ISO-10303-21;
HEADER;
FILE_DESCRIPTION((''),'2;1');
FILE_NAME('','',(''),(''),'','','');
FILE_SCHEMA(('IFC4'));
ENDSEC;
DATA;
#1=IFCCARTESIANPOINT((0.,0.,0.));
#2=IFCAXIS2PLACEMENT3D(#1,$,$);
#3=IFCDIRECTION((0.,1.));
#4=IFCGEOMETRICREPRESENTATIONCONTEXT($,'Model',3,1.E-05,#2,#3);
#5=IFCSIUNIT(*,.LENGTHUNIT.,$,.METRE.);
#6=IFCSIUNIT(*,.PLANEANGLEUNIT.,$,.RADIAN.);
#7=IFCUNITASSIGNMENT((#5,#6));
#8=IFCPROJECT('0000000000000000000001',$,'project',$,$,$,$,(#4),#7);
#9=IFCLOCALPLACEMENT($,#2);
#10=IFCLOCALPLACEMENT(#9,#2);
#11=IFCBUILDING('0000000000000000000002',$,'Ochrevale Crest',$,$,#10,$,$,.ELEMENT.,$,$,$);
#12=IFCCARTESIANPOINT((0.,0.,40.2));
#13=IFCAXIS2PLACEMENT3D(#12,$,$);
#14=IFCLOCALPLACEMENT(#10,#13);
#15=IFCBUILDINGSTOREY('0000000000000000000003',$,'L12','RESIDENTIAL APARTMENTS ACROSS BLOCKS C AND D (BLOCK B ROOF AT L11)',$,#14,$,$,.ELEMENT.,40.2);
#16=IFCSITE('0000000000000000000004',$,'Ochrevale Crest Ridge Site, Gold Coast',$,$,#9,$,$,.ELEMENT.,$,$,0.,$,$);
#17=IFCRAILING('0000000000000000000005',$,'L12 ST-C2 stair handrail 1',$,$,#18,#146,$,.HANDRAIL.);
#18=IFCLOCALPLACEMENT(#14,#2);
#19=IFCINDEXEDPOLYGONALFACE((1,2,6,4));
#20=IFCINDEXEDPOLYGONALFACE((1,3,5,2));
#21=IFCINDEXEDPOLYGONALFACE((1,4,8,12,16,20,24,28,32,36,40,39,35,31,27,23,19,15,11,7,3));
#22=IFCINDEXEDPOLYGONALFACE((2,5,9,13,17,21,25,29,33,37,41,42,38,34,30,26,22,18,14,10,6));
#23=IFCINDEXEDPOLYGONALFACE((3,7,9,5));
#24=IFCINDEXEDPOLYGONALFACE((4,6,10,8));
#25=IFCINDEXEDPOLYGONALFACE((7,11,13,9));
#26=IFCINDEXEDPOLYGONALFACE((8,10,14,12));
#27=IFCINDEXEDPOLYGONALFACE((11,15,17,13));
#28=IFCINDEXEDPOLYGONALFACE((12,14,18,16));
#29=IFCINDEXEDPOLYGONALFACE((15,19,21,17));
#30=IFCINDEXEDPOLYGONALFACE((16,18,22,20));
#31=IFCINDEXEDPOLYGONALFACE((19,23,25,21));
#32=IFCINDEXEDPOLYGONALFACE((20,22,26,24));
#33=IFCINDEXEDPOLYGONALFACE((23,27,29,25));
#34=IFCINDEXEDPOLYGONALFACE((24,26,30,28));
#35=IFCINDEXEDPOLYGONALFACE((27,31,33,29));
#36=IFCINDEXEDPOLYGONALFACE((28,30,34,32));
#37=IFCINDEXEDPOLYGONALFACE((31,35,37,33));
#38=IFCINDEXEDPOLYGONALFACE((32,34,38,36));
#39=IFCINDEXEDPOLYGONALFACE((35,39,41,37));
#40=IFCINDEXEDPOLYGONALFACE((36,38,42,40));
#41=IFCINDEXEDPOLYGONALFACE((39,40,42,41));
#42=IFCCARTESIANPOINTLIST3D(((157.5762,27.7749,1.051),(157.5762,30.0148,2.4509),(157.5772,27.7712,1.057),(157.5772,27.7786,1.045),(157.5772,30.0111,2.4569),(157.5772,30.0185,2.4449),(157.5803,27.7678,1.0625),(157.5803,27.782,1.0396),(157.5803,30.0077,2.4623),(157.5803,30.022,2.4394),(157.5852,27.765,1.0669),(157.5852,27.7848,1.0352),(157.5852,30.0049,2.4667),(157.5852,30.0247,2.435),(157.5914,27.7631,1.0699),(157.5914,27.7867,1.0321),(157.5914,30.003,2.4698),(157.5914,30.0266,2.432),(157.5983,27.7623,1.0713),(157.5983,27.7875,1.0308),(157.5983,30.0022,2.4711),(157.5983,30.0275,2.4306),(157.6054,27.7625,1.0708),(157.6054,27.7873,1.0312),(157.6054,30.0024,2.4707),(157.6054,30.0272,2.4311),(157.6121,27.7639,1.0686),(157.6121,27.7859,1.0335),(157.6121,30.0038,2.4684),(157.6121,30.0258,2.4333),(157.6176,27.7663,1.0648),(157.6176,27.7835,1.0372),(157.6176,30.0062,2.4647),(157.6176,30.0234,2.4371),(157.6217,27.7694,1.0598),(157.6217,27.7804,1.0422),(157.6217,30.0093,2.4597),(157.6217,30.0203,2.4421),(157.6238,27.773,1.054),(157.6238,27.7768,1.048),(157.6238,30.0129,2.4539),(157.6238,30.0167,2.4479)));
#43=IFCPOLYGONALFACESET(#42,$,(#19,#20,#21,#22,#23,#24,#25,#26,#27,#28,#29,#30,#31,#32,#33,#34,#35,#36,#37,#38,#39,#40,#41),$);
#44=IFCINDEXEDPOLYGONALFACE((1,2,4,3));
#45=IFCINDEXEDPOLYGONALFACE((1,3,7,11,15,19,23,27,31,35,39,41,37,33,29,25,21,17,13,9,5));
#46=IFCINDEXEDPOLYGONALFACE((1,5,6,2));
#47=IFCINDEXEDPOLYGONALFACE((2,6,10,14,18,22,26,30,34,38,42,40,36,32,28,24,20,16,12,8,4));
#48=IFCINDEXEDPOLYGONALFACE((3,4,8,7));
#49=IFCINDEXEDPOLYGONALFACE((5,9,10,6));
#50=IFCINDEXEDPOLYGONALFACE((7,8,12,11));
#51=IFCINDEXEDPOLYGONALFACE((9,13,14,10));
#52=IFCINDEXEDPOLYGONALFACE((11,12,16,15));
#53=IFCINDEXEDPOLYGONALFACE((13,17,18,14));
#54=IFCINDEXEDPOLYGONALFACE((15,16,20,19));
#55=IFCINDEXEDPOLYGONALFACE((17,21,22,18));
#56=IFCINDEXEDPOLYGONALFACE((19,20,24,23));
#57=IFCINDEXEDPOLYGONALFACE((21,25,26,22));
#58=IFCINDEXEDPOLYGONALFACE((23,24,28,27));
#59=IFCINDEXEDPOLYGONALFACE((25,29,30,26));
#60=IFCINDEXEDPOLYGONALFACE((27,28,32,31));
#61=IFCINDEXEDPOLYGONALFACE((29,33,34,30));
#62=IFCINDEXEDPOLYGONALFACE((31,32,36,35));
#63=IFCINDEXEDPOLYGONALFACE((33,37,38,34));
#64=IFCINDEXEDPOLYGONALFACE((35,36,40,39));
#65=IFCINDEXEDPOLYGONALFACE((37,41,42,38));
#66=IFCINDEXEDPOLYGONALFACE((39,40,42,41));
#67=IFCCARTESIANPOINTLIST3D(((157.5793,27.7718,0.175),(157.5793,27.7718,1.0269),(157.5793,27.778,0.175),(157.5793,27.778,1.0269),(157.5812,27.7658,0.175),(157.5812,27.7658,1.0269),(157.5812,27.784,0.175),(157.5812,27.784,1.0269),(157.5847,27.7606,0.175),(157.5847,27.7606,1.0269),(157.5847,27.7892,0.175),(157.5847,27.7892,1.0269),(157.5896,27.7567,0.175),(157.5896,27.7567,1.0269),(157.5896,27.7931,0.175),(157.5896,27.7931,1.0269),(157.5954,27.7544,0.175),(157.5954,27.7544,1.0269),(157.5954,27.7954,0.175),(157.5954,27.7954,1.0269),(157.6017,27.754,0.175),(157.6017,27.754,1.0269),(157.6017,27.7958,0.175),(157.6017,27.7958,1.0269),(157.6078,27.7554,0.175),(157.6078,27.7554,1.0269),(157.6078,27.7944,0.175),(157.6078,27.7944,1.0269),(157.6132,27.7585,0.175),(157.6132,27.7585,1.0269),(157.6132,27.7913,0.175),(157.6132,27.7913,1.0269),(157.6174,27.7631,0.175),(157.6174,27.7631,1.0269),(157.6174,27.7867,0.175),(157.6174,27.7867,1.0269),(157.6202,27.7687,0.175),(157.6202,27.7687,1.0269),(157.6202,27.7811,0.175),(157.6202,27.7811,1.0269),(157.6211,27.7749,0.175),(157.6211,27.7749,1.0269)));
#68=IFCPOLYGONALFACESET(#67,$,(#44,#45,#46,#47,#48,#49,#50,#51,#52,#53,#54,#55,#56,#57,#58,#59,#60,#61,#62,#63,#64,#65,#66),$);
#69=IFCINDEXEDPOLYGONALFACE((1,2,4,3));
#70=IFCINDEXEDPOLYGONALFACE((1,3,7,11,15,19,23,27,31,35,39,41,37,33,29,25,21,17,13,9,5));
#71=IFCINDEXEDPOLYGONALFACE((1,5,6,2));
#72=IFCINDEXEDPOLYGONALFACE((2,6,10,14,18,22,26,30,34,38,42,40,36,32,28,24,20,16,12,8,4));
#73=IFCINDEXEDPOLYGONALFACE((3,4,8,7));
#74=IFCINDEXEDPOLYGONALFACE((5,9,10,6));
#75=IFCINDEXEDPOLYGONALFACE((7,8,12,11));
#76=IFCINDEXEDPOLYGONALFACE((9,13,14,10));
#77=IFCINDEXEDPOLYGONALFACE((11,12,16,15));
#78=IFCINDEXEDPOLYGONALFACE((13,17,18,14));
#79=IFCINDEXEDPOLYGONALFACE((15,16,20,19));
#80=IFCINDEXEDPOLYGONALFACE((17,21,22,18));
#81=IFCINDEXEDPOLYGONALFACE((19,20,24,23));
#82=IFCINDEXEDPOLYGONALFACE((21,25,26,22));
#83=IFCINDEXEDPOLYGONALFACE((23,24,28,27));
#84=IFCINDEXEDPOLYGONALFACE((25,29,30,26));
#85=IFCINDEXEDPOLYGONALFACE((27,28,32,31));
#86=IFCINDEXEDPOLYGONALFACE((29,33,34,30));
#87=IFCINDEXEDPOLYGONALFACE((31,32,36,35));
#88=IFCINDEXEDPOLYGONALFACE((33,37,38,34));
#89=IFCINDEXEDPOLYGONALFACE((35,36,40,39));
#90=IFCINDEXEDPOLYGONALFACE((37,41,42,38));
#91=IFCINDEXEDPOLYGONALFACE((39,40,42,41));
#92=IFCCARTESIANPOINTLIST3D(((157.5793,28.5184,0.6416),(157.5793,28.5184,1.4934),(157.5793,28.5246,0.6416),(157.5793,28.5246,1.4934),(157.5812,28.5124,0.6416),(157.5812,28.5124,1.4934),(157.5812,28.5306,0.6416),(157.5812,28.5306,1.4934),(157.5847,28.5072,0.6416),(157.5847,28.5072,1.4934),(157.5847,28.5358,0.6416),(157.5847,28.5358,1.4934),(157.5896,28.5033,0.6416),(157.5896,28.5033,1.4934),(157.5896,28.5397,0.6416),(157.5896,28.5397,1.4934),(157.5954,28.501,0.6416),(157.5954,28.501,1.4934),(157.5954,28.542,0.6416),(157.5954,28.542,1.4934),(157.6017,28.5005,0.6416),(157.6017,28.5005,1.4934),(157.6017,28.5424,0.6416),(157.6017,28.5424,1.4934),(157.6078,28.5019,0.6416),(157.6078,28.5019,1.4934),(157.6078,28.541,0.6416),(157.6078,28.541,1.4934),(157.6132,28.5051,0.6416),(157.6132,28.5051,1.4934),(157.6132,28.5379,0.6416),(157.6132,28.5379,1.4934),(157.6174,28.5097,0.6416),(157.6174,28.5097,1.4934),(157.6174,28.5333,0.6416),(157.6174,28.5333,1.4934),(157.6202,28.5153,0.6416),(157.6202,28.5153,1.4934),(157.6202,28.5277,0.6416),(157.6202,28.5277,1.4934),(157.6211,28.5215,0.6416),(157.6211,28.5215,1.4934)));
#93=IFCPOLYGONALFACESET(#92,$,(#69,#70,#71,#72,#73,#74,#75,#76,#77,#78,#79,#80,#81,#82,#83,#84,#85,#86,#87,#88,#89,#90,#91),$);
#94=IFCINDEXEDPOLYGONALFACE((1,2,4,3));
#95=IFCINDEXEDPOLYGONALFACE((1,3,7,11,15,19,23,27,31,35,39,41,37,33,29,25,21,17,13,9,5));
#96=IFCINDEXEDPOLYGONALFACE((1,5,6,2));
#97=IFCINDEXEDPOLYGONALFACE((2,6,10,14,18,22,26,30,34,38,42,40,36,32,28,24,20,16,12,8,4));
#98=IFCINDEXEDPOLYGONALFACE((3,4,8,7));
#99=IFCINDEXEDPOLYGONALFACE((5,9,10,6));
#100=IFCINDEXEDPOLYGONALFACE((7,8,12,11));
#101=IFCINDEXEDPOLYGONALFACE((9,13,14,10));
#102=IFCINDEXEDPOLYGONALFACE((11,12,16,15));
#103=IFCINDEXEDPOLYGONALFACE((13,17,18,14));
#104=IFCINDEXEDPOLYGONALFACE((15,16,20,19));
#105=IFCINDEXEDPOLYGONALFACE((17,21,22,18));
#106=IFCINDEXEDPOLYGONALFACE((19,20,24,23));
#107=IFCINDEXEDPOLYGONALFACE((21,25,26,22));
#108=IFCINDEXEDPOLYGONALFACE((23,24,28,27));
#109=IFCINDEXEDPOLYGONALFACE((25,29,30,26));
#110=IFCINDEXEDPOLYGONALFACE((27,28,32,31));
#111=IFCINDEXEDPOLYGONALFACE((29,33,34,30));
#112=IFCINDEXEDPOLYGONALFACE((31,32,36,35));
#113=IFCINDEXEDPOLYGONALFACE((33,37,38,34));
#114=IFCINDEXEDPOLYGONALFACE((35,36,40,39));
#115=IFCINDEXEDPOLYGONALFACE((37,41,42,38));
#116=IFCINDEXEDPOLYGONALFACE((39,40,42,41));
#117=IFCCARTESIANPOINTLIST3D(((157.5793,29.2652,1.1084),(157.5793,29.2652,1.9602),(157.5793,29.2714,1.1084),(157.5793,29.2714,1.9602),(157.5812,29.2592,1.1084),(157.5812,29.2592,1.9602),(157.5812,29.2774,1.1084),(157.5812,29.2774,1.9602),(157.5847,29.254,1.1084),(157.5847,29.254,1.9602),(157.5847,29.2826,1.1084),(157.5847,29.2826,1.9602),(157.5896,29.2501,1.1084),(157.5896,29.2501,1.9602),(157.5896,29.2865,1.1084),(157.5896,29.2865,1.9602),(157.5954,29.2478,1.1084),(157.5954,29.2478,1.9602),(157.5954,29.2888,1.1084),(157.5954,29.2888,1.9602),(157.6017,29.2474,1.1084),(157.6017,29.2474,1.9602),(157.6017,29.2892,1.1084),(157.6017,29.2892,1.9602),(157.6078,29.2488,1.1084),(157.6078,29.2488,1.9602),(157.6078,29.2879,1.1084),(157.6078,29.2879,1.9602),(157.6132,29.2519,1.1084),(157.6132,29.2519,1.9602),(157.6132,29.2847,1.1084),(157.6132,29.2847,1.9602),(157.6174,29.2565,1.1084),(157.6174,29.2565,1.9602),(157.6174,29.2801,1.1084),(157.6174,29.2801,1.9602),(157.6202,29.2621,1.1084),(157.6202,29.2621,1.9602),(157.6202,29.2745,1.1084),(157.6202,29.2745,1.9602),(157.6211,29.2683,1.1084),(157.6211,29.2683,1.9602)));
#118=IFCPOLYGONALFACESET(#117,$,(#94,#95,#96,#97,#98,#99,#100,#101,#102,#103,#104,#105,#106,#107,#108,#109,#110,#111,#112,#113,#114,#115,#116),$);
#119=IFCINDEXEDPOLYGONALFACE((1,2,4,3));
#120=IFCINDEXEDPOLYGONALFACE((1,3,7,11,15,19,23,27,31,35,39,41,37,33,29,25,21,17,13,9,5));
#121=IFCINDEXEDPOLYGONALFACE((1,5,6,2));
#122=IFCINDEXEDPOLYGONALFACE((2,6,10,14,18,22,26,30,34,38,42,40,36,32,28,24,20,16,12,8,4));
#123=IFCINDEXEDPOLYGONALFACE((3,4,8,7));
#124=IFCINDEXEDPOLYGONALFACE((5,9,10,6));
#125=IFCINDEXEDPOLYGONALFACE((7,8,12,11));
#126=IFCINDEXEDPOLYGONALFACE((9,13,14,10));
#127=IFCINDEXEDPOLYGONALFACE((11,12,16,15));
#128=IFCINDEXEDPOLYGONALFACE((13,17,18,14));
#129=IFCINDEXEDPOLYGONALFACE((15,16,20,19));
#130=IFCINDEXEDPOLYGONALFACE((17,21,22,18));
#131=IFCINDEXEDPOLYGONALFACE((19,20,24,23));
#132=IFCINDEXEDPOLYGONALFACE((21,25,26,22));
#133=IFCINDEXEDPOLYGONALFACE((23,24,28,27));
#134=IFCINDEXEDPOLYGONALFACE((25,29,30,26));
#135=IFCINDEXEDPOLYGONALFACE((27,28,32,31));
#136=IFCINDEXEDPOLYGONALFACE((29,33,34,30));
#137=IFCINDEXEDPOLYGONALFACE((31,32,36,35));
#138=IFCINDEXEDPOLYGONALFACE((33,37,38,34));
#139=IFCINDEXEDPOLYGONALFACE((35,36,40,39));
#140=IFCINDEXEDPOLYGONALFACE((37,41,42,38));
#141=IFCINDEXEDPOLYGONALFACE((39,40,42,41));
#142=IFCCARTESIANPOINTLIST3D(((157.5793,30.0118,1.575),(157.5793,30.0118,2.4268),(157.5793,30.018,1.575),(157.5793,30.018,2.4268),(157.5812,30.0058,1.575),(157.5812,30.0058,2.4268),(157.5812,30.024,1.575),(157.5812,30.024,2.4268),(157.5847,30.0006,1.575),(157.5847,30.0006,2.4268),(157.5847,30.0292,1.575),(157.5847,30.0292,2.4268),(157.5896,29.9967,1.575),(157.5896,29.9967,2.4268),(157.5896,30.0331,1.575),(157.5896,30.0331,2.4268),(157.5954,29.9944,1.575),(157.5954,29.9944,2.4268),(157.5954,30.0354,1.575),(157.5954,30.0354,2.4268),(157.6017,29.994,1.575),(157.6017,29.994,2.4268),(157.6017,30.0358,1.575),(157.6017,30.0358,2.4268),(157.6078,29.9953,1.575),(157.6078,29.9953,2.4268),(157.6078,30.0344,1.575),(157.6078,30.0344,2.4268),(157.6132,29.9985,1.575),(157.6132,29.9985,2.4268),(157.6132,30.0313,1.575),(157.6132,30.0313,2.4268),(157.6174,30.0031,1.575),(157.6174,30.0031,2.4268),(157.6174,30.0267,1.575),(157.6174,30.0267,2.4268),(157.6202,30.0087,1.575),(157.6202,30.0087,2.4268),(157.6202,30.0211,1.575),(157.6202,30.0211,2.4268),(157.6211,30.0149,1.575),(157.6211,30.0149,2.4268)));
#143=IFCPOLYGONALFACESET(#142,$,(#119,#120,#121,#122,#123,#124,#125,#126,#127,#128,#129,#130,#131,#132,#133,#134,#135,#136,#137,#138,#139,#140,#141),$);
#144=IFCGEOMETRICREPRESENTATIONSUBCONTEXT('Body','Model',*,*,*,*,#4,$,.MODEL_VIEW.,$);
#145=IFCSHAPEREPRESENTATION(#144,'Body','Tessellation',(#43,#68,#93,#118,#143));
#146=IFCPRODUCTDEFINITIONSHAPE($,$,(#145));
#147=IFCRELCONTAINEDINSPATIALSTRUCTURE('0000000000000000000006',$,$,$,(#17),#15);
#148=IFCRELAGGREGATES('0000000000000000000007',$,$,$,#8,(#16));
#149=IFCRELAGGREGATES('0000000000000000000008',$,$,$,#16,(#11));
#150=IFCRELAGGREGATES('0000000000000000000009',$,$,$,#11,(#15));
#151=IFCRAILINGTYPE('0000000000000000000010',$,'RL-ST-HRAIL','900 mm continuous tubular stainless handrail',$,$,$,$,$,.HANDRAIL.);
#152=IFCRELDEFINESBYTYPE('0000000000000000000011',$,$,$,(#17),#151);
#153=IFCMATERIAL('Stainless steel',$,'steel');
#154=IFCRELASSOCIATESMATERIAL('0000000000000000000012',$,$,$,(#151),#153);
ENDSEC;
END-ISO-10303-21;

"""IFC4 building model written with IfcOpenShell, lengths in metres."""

from ifc_helpers import new_model, si_unit, direction, frame, origin, origin_2d, place, context, subcontext, project, spatial, circle, extrude, material, type_object, element, save


model = new_model("IFC4")

# Units and contexts
model_context = context("Model", 3, precision=1e-05, world=origin(), true_north=direction((0.0, 1.0)))
body_context = subcontext(model_context, "Body", "Model", "MODEL_VIEW")
ifc_project = project(units=[si_unit("LENGTHUNIT", "METRE"), si_unit("PLANEANGLEUNIT", "RADIAN")], contexts=[model_context])

# Site, building, storey
site_placement = place(None, origin())
site = spatial("IfcSite", under=ifc_project, at=site_placement, Name="Ochrevale Crest Ridge Site, Gold Coast", CompositionType="ELEMENT", RefElevation=0.0)
building_placement = place(site_placement, origin())
building = spatial("IfcBuilding", under=site, at=building_placement, Name="Ochrevale Crest", CompositionType="ELEMENT")
storey_placement = place(building_placement, frame((0.0, 0.0, 40.2)))
storey = spatial("IfcBuildingStorey", under=building, at=storey_placement, Name="L12", Description="RESIDENTIAL APARTMENTS ACROSS BLOCKS C AND D (BLOCK B ROOF AT L11)", CompositionType="ELEMENT", Elevation=40.2)

# Railing
ifc_material_1 = material(Name="Stainless steel", Category="steel")
railing_type = type_object("IfcRailingType", Name="RL-ST-HRAIL", Description="900 mm continuous tubular stainless handrail", PredefinedType="HANDRAIL", material=ifc_material_1)
railing_placement = place(storey_placement, frame((157.6001, 27.7749, 0.175)))
element("IfcRailing", 1, at=railing_placement, inside=storey, type_object=railing_type, Name="L12 ST-C2 stair handrail 1", PredefinedType="HANDRAIL", context=body_context, shape_type="SweptSolid", body=[
    extrude(circle(Radius=0.0239, at=origin_2d()), frame((0.0, 0.0, 0.876), z_axis=(0.0, 0.848014, 0.529974), x_axis=(-1.0, 0.0, 0.0)), (0.0, 0.0, 1.0), 2.6414),
    extrude(circle(Radius=0.021, at=origin_2d()), origin(), (0.0, 0.0, 1.0), 0.8518),
    extrude(circle(Radius=0.021, at=origin_2d()), frame((0.0, 0.7466, 0.4666)), (0.0, 0.0, 1.0), 0.8518),
    extrude(circle(Radius=0.021, at=origin_2d()), frame((0.0, 1.4934, 0.9333)), (0.0, 0.0, 1.0), 0.8518),
    extrude(circle(Radius=0.021, at=origin_2d()), frame((0.0, 2.24, 1.3999)), (0.0, 0.0, 1.0), 0.8518),
])

save(model, "model.ifc")
